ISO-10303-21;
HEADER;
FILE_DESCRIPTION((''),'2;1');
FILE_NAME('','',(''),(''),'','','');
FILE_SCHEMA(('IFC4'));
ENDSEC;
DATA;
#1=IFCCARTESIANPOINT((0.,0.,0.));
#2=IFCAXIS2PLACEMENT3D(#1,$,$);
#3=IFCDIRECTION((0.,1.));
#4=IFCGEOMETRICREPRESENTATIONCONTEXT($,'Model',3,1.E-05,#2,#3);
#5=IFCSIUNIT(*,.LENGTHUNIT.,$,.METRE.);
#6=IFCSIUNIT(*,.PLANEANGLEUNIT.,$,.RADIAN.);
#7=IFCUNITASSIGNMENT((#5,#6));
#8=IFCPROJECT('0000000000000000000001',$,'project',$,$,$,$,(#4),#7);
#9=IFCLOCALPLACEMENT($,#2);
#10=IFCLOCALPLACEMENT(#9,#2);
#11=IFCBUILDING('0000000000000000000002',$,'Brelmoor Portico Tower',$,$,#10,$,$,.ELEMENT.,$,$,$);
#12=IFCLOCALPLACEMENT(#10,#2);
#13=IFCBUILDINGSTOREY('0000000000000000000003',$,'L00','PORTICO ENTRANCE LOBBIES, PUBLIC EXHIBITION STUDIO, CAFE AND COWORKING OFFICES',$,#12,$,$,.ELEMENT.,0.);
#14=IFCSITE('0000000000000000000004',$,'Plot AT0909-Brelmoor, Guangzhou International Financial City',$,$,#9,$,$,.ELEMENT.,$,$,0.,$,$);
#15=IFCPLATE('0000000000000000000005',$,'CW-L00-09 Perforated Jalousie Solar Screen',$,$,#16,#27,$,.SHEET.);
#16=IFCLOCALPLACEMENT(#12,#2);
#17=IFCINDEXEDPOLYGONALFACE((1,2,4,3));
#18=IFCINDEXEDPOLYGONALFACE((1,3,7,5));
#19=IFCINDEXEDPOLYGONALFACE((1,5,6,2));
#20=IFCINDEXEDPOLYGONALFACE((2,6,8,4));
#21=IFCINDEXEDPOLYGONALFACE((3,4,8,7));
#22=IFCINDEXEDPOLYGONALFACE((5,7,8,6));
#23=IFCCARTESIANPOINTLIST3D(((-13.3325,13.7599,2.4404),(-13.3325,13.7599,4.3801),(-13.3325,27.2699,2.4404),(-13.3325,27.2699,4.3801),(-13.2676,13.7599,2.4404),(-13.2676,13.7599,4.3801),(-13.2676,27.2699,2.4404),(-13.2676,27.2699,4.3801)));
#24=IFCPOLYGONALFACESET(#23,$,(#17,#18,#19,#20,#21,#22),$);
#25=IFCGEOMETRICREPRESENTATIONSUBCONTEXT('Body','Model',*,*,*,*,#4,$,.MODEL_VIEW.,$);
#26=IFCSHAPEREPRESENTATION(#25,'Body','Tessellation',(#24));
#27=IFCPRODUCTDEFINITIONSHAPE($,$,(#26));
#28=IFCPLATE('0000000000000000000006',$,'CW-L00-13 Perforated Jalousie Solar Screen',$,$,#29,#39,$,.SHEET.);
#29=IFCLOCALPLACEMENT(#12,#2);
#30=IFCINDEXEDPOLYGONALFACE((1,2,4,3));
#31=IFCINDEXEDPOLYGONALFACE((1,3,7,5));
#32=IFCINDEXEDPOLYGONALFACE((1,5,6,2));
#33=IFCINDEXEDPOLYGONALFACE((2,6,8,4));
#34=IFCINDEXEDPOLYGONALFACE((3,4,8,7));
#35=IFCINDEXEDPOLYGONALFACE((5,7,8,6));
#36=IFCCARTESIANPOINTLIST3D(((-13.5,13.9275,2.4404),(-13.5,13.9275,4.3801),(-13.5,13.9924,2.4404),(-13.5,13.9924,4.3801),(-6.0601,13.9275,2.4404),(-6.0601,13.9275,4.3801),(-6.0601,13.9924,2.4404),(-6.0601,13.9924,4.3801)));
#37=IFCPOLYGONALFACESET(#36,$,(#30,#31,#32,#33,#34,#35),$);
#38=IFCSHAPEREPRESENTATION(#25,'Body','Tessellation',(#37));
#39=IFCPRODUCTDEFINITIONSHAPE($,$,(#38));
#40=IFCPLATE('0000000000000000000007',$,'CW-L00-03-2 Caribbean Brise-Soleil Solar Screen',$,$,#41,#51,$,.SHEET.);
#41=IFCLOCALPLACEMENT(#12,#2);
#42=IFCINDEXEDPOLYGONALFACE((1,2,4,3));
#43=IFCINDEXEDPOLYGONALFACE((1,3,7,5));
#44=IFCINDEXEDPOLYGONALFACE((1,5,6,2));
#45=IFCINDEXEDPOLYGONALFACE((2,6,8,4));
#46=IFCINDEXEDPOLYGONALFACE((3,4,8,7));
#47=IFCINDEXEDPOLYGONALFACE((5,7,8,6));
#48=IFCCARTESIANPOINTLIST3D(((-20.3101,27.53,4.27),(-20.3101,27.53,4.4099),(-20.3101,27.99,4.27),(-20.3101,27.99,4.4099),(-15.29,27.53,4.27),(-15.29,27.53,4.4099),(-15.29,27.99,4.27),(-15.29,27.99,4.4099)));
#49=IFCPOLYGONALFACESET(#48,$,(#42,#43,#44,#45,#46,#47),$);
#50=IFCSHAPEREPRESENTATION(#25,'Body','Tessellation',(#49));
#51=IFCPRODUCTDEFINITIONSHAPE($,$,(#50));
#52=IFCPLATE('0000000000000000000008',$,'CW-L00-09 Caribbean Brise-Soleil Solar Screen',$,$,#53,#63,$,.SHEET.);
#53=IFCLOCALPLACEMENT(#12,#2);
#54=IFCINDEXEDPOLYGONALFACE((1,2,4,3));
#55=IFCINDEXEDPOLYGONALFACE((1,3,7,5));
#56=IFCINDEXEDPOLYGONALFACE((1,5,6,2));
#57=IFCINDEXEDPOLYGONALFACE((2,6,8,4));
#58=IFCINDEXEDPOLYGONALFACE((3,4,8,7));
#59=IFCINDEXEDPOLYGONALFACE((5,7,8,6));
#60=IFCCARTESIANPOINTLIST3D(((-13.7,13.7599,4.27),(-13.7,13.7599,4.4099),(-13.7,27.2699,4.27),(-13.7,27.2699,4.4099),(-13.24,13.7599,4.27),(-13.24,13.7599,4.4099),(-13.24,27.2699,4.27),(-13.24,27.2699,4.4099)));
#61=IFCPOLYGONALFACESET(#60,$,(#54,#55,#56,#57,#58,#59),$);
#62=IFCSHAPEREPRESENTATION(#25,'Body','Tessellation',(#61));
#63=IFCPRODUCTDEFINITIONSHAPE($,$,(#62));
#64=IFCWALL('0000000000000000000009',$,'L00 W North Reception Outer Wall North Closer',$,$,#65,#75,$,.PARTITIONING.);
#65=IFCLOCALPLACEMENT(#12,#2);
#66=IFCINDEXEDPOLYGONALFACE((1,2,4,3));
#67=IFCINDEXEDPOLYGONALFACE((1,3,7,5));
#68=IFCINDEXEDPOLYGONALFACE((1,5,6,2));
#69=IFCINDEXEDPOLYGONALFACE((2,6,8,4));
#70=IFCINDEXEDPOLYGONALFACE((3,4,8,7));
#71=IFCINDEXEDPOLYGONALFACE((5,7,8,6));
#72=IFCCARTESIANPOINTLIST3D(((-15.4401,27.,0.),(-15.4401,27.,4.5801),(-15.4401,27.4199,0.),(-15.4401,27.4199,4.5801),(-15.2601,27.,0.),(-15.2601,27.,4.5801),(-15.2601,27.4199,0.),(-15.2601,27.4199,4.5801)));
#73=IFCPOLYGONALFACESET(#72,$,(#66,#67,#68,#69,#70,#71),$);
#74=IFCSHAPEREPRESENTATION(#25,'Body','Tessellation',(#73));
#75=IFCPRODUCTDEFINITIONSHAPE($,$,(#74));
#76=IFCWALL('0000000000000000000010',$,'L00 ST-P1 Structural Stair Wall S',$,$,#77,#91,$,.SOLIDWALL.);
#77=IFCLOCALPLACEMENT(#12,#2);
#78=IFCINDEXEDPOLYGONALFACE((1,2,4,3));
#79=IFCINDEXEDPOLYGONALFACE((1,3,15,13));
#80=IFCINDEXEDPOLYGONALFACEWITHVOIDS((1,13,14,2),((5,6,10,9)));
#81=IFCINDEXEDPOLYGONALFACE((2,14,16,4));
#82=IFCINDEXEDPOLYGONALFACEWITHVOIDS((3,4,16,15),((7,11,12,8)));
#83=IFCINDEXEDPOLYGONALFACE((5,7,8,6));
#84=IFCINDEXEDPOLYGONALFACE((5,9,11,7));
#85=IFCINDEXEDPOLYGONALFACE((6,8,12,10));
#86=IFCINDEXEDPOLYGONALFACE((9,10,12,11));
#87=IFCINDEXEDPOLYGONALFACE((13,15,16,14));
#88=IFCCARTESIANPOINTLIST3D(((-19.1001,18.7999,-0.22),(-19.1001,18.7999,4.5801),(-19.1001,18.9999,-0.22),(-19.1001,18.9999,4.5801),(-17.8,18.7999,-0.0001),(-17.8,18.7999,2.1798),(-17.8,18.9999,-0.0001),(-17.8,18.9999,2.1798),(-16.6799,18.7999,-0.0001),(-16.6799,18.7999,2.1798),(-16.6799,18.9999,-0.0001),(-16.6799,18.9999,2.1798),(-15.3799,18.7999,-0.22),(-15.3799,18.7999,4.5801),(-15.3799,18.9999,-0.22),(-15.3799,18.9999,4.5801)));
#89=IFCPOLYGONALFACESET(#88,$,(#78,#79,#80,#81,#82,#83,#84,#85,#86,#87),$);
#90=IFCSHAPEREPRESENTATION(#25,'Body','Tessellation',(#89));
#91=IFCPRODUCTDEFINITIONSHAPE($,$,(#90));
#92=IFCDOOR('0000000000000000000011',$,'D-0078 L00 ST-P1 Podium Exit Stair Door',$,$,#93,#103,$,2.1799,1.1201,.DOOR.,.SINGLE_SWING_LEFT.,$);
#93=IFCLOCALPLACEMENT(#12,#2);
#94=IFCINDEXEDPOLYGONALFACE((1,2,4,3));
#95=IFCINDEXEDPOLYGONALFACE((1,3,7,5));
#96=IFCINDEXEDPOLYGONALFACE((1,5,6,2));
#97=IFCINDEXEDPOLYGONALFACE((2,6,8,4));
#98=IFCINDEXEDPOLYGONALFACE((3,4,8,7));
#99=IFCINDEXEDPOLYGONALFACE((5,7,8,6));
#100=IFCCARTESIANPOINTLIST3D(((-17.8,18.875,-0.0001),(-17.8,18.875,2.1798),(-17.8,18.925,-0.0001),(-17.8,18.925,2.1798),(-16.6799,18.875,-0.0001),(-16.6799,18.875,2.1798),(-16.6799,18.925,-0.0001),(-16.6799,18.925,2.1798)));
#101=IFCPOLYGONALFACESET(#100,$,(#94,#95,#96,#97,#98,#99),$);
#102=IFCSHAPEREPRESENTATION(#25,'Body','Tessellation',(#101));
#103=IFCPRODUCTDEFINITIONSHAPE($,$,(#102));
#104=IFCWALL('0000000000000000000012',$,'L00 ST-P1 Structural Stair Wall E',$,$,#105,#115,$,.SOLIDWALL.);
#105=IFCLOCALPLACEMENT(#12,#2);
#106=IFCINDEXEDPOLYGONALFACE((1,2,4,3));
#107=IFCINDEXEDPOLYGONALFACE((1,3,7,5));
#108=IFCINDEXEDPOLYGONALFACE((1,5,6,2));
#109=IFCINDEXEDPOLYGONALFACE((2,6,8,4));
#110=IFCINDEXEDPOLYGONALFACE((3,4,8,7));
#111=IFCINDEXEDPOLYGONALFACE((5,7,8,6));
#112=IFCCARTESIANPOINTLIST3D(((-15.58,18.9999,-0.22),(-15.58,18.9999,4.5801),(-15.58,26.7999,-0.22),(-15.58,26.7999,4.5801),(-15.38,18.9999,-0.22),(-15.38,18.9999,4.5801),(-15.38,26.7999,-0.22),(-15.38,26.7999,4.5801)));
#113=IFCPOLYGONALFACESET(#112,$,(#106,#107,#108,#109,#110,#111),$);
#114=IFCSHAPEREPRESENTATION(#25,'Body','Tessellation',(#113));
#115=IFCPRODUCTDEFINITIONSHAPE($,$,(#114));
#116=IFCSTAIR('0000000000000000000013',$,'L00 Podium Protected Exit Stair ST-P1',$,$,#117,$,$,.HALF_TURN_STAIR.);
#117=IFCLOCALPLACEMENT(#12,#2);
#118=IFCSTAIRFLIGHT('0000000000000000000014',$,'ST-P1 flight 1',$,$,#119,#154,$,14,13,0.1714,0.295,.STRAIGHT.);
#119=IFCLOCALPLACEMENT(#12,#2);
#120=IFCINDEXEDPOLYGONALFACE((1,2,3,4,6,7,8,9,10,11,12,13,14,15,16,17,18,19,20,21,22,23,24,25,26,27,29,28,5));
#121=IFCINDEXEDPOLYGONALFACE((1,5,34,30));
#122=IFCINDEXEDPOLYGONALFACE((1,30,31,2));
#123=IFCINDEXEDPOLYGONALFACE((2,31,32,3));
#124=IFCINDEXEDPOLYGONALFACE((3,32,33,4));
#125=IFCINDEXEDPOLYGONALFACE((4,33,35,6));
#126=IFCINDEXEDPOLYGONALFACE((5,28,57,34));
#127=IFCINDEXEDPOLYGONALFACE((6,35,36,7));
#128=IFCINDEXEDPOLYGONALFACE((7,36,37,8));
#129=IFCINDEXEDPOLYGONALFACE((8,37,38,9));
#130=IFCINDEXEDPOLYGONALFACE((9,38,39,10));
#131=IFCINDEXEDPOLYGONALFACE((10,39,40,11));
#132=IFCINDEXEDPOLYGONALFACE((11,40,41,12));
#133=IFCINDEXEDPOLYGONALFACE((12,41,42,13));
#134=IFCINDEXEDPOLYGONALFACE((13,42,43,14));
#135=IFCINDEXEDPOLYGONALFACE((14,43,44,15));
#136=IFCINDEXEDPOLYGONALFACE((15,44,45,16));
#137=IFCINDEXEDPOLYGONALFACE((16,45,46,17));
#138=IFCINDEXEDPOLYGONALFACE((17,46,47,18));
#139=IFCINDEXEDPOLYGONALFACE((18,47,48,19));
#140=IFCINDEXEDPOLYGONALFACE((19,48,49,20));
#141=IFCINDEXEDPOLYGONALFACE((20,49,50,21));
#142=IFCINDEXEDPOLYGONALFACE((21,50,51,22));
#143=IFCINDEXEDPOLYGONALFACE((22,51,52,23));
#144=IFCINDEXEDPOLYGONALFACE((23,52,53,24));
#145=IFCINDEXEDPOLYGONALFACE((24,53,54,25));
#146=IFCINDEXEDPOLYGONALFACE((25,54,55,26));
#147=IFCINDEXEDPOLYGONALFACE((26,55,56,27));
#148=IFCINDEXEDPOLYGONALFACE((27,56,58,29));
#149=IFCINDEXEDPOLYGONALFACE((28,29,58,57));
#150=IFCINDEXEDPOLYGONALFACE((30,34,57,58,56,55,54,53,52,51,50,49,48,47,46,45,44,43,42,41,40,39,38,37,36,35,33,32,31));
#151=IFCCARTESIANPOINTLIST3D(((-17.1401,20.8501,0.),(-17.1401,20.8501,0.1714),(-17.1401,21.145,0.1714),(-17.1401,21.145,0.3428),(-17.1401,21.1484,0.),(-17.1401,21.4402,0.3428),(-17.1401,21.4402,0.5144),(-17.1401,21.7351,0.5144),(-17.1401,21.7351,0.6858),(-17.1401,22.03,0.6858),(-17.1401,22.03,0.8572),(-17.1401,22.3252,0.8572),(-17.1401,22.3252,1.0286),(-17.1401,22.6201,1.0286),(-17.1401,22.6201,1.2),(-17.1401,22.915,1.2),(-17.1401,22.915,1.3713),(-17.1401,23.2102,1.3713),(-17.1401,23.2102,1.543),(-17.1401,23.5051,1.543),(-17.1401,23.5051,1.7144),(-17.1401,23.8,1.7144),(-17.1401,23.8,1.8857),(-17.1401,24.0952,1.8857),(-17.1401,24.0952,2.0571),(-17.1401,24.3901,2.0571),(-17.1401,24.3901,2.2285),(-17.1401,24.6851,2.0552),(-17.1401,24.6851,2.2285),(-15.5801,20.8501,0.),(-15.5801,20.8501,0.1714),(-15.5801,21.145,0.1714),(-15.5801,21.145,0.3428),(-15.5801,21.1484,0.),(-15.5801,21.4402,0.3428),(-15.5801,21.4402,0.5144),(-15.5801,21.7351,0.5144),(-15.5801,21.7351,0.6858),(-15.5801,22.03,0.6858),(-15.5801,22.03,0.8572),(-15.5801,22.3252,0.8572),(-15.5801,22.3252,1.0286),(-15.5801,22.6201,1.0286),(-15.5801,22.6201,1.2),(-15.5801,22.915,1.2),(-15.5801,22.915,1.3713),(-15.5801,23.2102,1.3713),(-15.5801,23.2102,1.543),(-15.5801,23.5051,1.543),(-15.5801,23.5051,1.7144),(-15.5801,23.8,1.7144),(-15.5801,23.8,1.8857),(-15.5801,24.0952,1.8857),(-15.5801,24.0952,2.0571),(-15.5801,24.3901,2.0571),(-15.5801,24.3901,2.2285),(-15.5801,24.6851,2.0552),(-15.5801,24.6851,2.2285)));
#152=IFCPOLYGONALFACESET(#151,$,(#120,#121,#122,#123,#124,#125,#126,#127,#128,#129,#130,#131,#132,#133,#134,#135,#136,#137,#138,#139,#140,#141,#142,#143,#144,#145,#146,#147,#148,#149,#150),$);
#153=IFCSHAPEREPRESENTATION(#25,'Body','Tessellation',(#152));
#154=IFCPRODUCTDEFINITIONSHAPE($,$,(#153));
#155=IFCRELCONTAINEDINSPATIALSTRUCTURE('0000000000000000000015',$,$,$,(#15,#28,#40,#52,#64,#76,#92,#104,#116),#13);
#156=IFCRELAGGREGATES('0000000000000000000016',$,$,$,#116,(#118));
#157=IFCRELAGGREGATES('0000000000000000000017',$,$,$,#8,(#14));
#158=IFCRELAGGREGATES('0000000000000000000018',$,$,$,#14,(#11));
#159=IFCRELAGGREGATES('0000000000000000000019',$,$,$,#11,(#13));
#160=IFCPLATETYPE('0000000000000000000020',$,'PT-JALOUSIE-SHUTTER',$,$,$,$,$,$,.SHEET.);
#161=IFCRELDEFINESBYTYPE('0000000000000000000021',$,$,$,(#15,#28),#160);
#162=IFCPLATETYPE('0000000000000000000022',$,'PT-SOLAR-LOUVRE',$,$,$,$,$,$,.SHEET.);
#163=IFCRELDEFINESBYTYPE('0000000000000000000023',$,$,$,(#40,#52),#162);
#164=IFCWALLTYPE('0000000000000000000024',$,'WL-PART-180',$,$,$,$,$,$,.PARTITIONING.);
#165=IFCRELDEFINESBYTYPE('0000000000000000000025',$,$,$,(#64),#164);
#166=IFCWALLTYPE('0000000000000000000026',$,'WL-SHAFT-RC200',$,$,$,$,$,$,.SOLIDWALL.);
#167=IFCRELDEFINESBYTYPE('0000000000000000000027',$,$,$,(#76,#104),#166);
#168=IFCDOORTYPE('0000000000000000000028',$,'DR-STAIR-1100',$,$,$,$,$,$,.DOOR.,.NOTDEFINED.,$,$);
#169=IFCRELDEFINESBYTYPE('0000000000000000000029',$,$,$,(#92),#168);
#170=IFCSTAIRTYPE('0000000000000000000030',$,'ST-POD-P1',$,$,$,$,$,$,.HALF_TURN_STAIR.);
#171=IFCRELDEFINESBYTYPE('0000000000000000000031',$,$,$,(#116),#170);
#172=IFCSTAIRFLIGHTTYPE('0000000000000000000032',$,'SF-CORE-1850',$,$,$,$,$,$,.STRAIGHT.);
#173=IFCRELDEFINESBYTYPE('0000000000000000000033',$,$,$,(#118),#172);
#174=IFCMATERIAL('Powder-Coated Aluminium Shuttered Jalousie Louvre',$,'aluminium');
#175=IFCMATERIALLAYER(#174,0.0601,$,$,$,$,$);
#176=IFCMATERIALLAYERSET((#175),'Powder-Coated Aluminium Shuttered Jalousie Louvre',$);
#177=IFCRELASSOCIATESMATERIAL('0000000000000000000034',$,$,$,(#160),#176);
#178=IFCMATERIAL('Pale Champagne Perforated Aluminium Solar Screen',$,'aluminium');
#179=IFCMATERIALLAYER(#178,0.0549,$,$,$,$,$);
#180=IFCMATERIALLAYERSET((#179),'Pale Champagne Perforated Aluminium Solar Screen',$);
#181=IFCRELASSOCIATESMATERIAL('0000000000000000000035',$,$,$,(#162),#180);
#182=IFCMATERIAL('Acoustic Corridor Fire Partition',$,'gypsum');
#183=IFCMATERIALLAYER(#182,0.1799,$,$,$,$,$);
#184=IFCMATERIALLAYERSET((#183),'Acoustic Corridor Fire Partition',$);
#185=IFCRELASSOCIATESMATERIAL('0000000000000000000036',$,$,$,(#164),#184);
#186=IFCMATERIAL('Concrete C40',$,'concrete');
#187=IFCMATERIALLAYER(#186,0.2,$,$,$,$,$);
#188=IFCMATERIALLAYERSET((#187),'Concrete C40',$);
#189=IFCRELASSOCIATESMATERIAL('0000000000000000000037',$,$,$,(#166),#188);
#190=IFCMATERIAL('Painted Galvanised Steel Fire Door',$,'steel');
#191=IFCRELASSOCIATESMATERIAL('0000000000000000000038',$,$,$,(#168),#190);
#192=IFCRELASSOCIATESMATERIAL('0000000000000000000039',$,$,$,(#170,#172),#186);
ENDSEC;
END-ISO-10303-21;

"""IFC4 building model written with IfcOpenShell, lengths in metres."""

from ifc_helpers import new_model, si_unit, direction, frame, frame_2d, origin, origin_2d, place, context, subcontext, project, spatial, polyline, rectangle, outline, extrude, material, layer, layer_set, type_object, element, fill, aggregate, save


model = new_model("IFC4")

# Units and contexts
model_context = context("Model", 3, precision=1e-05, world=origin(), true_north=direction((0.0, 1.0)))
body_context = subcontext(model_context, "Body", "Model", "MODEL_VIEW")
ifc_project = project(units=[si_unit("LENGTHUNIT", "METRE"), si_unit("PLANEANGLEUNIT", "RADIAN")], contexts=[model_context])

# Site, building, storey
site_placement = place(None, origin())
site = spatial("IfcSite", under=ifc_project, at=site_placement, Name="Plot AT0909-Brelmoor, Guangzhou International Financial City", CompositionType="ELEMENT", RefElevation=0.0)
building_placement = place(site_placement, origin())
building = spatial("IfcBuilding", under=site, at=building_placement, Name="Brelmoor Portico Tower", CompositionType="ELEMENT")
storey_placement = place(building_placement, origin())
storey = spatial("IfcBuildingStorey", under=building, at=storey_placement, Name="L00", Description="PORTICO ENTRANCE LOBBIES, PUBLIC EXHIBITION STUDIO, CAFE AND COWORKING OFFICES", CompositionType="ELEMENT", Elevation=0.0)

# Plates
ifc_material_1 = material(Name="Powder-Coated Aluminium Shuttered Jalousie Louvre", Category="aluminium")
ifc_layer_1 = layer(ifc_material_1, 0.0601)
ifc_layer_set_1 = layer_set([ifc_layer_1], Name="Powder-Coated Aluminium Shuttered Jalousie Louvre")
plate_type_1 = type_object("IfcPlateType", Name="PT-JALOUSIE-SHUTTER", PredefinedType="SHEET", material=ifc_layer_set_1)
plate_1_placement = place(storey_placement, frame((-13.3, 20.5149, 2.4404), z_axis=(0.0, 0.0, 1.0), x_axis=(0.0, 1.0, 0.0)))
element("IfcPlate", 1, at=plate_1_placement, inside=storey, type_object=plate_type_1, Name="CW-L00-09 Perforated Jalousie Solar Screen", PredefinedType="SHEET", context=body_context, shape_type="SweptSolid", body=[
    extrude(rectangle(XDim=13.51, YDim=0.0649, at=origin_2d()), origin(), (0.0, 0.0, 1.0), 1.9397),
])
plate_2_placement = place(storey_placement, frame((-9.78, 13.96, 2.4404), z_axis=(0.0, 0.0, 1.0), x_axis=(1.0, 0.0, 0.0)))
element("IfcPlate", 2, at=plate_2_placement, inside=storey, type_object=plate_type_1, Name="CW-L00-13 Perforated Jalousie Solar Screen", PredefinedType="SHEET", context=body_context, shape_type="SweptSolid", body=[
    extrude(rectangle(XDim=7.4399, YDim=0.0649, at=origin_2d()), origin(), (0.0, 0.0, 1.0), 1.9397),
])
ifc_material_2 = material(Name="Pale Champagne Perforated Aluminium Solar Screen", Category="aluminium")
ifc_layer_2 = layer(ifc_material_2, 0.0549)
ifc_layer_set_2 = layer_set([ifc_layer_2], Name="Pale Champagne Perforated Aluminium Solar Screen")
plate_type_2 = type_object("IfcPlateType", Name="PT-SOLAR-LOUVRE", PredefinedType="SHEET", material=ifc_layer_set_2)
plate_3_placement = place(storey_placement, frame((-17.8, 27.76, 4.27), z_axis=(0.0, 0.0, 1.0), x_axis=(1.0, 0.0, 0.0)))
element("IfcPlate", 3, at=plate_3_placement, inside=storey, type_object=plate_type_2, Name="CW-L00-03-2 Caribbean Brise-Soleil Solar Screen", PredefinedType="SHEET", context=body_context, shape_type="SweptSolid", body=[
    extrude(rectangle(XDim=5.02, YDim=0.46, at=origin_2d()), origin(), (0.0, 0.0, 1.0), 0.1399),
])
plate_4_placement = place(storey_placement, frame((-13.47, 20.5149, 4.27), z_axis=(0.0, 0.0, 1.0), x_axis=(0.0, 1.0, 0.0)))
element("IfcPlate", 4, at=plate_4_placement, inside=storey, type_object=plate_type_2, Name="CW-L00-09 Caribbean Brise-Soleil Solar Screen", PredefinedType="SHEET", context=body_context, shape_type="SweptSolid", body=[
    extrude(rectangle(XDim=13.51, YDim=0.46, at=origin_2d()), origin(), (0.0, 0.0, 1.0), 0.1399),
])

# Wall
ifc_material_3 = material(Name="Acoustic Corridor Fire Partition", Category="gypsum")
ifc_layer_3 = layer(ifc_material_3, 0.1799)
ifc_layer_set_3 = layer_set([ifc_layer_3], Name="Acoustic Corridor Fire Partition")
wall_type_1 = type_object("IfcWallType", Name="WL-PART-180", PredefinedType="PARTITIONING", material=ifc_layer_set_3)
wall_1_placement = place(storey_placement, frame((-15.3501, 27.0, 0.0), z_axis=(0.0, 0.0, 1.0), x_axis=(0.0, 1.0, 0.0)))
element("IfcWall", 5, at=wall_1_placement, inside=storey, type_object=wall_type_1, Name="L00 W North Reception Outer Wall North Closer", PredefinedType="PARTITIONING", context=body_context, shape_type="SweptSolid", body=[
    extrude(rectangle(XDim=0.4199, YDim=0.1799, at=frame_2d((0.21, 0.0))), origin(), (0.0, 0.0, 1.0), 4.5801),
])

# Wall, opening, door
ifc_material_4 = material(Name="Concrete C40", Category="concrete")
ifc_layer_4 = layer(ifc_material_4, 0.2)
ifc_layer_set_4 = layer_set([ifc_layer_4], Name="Concrete C40")
wall_type_2 = type_object("IfcWallType", Name="WL-SHAFT-RC200", PredefinedType="SOLIDWALL", material=ifc_layer_set_4)
wall_2_placement = place(storey_placement, frame((-15.3799, 18.8999, -0.22), z_axis=(0.0, 0.0, 1.0), x_axis=(-1.0, 0.0, 0.0)))
wall_2 = element("IfcWall", 6, at=wall_2_placement, inside=storey, type_object=wall_type_2, Name="L00 ST-P1 Structural Stair Wall S", PredefinedType="SOLIDWALL", context=body_context, shape_type="SweptSolid", body=[
    extrude(rectangle(XDim=3.7202, YDim=0.2, at=frame_2d((1.8601, 0.0))), origin(), (0.0, 0.0, 1.0), 4.8),
])
opening_placement = place(wall_2_placement, frame((1.3, 0.0, 0.22)))
opening = element("IfcOpeningElement", 7, at=opening_placement, cuts=wall_2, PredefinedType="OPENING", context=body_context, shape_type="SweptSolid", body=[
    extrude(rectangle(XDim=1.1201, YDim=2.1799, at=frame_2d((0.5601, 1.0898))), frame((0.0, 0.1099, 0.0), z_axis=(0.0, -1.0, 0.0), x_axis=(1.0, 0.0, 0.0)), (0.0, 0.0, 1.0), 0.22),
])
ifc_material_5 = material(Name="Painted Galvanised Steel Fire Door", Category="steel")
door_type = type_object("IfcDoorType", Name="DR-STAIR-1100", OperationType="NOTDEFINED", PredefinedType="DOOR", material=ifc_material_5)
door_placement = place(opening_placement, origin())
door = element("IfcDoor", 8, at=door_placement, inside=storey, type_object=door_type, Name="D-0078 L00 ST-P1 Podium Exit Stair Door", OperationType="SINGLE_SWING_LEFT", OverallHeight=2.1799, OverallWidth=1.1201, PredefinedType="DOOR", context=body_context, shape_type="SweptSolid", body=[
    extrude(rectangle(XDim=1.1201, YDim=2.1799, at=frame_2d((0.5601, 1.0898))), frame((0.0, 0.0249, 0.0), z_axis=(0.0, -1.0, 0.0), x_axis=(1.0, 0.0, 0.0)), (0.0, 0.0, 1.0), 0.05),
])
fill(opening, door)

# Wall
wall_3_placement = place(storey_placement, frame((-15.48, 19.0, -0.22), z_axis=(0.0, 0.0, 1.0), x_axis=(0.0, 1.0, 0.0)))
element("IfcWall", 9, at=wall_3_placement, inside=storey, type_object=wall_type_2, Name="L00 ST-P1 Structural Stair Wall E", PredefinedType="SOLIDWALL", context=body_context, shape_type="SweptSolid", body=[
    extrude(rectangle(XDim=7.8, YDim=0.2, at=frame_2d((3.8999, 0.0))), origin(), (0.0, 0.0, 1.0), 4.8),
])

# Stair, stair flight
stair_type = type_object("IfcStairType", Name="ST-POD-P1", PredefinedType="HALF_TURN_STAIR", material=ifc_material_4)
stair_placement = place(storey_placement, origin())
stair = element("IfcStair", 10, at=stair_placement, inside=storey, type_object=stair_type, Name="L00 Podium Protected Exit Stair ST-P1", PredefinedType="HALF_TURN_STAIR")
stair_flight_type = type_object("IfcStairFlightType", Name="SF-CORE-1850", PredefinedType="STRAIGHT", material=ifc_material_4)
stair_flight_placement = place(storey_placement, frame((-16.3601, 20.8501, 0.0), z_axis=(0.0, 0.0, 1.0), x_axis=(0.0, 1.0, 0.0)))
stair_flight = element("IfcStairFlight", 11, at=stair_flight_placement, type_object=stair_flight_type, Name="ST-P1 flight 1", NumberOfRisers=14, NumberOfTreads=13, PredefinedType="STRAIGHT", RiserHeight=0.1714, TreadLength=0.295, context=body_context, shape_type="SweptSolid", body=[
    extrude(outline(polyline([(0.0, 0.0), (0.0, 0.1714), (0.2949, 0.1714), (0.2949, 0.3428), (0.5901, 0.3428), (0.5901, 0.5144), (0.885, 0.5144), (0.885, 0.6858), (1.1799, 0.6858), (1.1799, 0.8572), (1.4751, 0.8572), (1.4751, 1.0286), (1.77, 1.0286), (1.77, 1.2), (2.0649, 1.2), (2.0649, 1.3713), (2.3601, 1.3713), (2.3601, 1.543), (2.655, 1.543), (2.655, 1.7144), (2.95, 1.7144), (2.95, 1.8857), (3.2451, 1.8857), (3.2451, 2.0571), (3.54, 2.0571), (3.54, 2.2285), (3.835, 2.2285), (3.835, 2.3999), (3.835, 2.0552), (0.2983, 0.0), (0.0, 0.0)])), frame((0.0, 0.78, 0.0), z_axis=(0.0, -1.0, 0.0), x_axis=(1.0, 0.0, 0.0)), (0.0, 0.0, 1.0), 1.5601),
])
aggregate(stair, [stair_flight])

save(model, "model.ifc")
